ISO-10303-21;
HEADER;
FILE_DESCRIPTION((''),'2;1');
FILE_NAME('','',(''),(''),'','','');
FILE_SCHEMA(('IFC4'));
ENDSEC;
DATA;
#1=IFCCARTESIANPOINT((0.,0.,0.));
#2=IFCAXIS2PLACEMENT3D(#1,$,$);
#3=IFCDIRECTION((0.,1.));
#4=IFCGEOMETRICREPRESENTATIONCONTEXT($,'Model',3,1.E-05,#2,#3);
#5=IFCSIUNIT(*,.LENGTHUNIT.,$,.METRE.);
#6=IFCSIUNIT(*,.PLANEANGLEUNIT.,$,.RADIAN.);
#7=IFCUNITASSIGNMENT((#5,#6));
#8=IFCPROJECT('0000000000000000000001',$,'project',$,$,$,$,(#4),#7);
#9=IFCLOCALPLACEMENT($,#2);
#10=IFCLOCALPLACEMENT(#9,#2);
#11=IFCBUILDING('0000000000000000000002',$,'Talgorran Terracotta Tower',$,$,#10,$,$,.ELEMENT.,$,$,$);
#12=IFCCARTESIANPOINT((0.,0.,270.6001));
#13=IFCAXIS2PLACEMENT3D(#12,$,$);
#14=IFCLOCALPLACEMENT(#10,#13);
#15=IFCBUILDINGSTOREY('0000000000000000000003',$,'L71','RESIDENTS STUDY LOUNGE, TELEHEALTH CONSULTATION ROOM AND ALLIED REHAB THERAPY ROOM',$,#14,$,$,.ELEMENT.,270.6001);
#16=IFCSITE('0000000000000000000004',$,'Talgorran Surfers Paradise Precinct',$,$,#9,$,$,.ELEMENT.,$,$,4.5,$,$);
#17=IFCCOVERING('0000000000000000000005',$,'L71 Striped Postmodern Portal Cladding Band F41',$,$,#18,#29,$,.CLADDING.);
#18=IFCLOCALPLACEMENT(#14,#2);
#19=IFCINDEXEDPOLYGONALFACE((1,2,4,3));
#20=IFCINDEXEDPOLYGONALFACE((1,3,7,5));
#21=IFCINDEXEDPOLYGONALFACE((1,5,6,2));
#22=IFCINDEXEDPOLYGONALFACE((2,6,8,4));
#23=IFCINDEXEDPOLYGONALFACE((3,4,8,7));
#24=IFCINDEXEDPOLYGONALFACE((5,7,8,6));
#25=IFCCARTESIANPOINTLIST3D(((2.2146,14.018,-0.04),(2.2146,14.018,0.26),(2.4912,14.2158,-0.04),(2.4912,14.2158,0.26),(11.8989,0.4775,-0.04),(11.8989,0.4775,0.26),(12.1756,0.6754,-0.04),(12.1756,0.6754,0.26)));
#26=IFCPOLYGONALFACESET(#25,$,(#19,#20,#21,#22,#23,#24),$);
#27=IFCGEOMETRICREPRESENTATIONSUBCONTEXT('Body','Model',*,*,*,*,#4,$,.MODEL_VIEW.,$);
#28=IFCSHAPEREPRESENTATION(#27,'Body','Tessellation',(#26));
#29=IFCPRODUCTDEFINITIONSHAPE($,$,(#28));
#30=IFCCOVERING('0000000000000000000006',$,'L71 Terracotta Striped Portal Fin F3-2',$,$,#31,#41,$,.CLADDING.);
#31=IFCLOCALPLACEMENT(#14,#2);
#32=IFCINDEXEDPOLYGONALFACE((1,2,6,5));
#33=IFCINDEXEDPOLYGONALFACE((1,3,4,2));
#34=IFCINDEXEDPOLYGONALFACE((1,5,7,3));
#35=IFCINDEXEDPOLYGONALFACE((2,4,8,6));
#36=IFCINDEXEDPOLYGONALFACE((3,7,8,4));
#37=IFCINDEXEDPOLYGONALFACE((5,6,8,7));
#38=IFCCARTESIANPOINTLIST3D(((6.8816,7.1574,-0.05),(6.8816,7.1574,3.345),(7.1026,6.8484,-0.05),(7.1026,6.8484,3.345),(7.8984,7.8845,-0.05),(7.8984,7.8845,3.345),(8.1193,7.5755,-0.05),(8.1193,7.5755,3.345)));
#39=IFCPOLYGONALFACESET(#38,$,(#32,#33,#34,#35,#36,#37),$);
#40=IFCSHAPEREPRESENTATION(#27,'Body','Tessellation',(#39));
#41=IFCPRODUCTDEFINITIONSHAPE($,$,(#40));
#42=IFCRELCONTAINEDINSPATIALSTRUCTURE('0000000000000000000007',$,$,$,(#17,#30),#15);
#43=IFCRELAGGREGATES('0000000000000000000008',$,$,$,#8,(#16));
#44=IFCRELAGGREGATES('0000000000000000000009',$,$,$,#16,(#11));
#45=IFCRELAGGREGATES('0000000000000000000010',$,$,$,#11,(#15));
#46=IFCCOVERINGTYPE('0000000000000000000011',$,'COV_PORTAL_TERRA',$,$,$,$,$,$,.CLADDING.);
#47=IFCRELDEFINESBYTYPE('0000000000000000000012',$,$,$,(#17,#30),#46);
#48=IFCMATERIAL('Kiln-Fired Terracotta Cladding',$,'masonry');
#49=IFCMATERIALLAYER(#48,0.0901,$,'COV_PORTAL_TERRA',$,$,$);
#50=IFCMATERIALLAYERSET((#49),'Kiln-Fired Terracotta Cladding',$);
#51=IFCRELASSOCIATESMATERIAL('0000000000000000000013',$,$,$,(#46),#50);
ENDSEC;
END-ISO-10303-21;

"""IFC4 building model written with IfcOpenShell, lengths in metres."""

from ifc_helpers import new_model, si_unit, direction, frame, origin, origin_2d, place, context, subcontext, project, spatial, rectangle, extrude, material, layer, layer_set, type_object, element, save


model = new_model("IFC4")

# Units and contexts
model_context = context("Model", 3, precision=1e-05, world=origin(), true_north=direction((0.0, 1.0)))
body_context = subcontext(model_context, "Body", "Model", "MODEL_VIEW")
ifc_project = project(units=[si_unit("LENGTHUNIT", "METRE"), si_unit("PLANEANGLEUNIT", "RADIAN")], contexts=[model_context])

# Site, building, storey
site_placement = place(None, origin())
site = spatial("IfcSite", under=ifc_project, at=site_placement, Name="Talgorran Surfers Paradise Precinct", CompositionType="ELEMENT", RefElevation=4.5)
building_placement = place(site_placement, origin())
building = spatial("IfcBuilding", under=site, at=building_placement, Name="Talgorran Terracotta Tower", CompositionType="ELEMENT")
storey_placement = place(building_placement, frame((0.0, 0.0, 270.6001)))
storey = spatial("IfcBuildingStorey", under=building, at=storey_placement, Name="L71", Description="RESIDENTS STUDY LOUNGE, TELEHEALTH CONSULTATION ROOM AND ALLIED REHAB THERAPY ROOM", CompositionType="ELEMENT", Elevation=270.6001)

# Coverings
ifc_material_1 = material(Name="Kiln-Fired Terracotta Cladding", Category="masonry")
ifc_layer_1 = layer(ifc_material_1, 0.0901, Name="COV_PORTAL_TERRA")
ifc_layer_set_1 = layer_set([ifc_layer_1], Name="Kiln-Fired Terracotta Cladding")
covering_type_1 = type_object("IfcCoveringType", Name="COV_PORTAL_TERRA", PredefinedType="CLADDING", material=ifc_layer_set_1)
covering_1_placement = place(storey_placement, frame((7.1951, 7.3467, -0.04), z_axis=(0.0, 0.0, 1.0), x_axis=(-0.58174, 0.813375, 0.0)))
element("IfcCovering", 1, at=covering_1_placement, inside=storey, type_object=covering_type_1, Name="L71 Striped Postmodern Portal Cladding Band F41", PredefinedType="CLADDING", context=body_context, shape_type="SweptSolid", body=[
    extrude(rectangle(XDim=16.6472, YDim=0.3401, at=origin_2d()), origin(), (0.0, 0.0, 1.0), 0.3),
])
covering_2_placement = place(storey_placement, frame((7.5005, 7.3665, -0.05), z_axis=(0.0, 0.0, 1.0), x_axis=(-0.581726, 0.813385, 0.0)))
element("IfcCovering", 2, at=covering_2_placement, inside=storey, type_object=covering_type_1, Name="L71 Terracotta Striped Portal Fin F3-2", PredefinedType="CLADDING", context=body_context, shape_type="SweptSolid", body=[
    extrude(rectangle(XDim=0.3799, YDim=1.25, at=origin_2d()), origin(), (0.0, 0.0, 1.0), 3.395),
])

save(model, "model.ifc")
